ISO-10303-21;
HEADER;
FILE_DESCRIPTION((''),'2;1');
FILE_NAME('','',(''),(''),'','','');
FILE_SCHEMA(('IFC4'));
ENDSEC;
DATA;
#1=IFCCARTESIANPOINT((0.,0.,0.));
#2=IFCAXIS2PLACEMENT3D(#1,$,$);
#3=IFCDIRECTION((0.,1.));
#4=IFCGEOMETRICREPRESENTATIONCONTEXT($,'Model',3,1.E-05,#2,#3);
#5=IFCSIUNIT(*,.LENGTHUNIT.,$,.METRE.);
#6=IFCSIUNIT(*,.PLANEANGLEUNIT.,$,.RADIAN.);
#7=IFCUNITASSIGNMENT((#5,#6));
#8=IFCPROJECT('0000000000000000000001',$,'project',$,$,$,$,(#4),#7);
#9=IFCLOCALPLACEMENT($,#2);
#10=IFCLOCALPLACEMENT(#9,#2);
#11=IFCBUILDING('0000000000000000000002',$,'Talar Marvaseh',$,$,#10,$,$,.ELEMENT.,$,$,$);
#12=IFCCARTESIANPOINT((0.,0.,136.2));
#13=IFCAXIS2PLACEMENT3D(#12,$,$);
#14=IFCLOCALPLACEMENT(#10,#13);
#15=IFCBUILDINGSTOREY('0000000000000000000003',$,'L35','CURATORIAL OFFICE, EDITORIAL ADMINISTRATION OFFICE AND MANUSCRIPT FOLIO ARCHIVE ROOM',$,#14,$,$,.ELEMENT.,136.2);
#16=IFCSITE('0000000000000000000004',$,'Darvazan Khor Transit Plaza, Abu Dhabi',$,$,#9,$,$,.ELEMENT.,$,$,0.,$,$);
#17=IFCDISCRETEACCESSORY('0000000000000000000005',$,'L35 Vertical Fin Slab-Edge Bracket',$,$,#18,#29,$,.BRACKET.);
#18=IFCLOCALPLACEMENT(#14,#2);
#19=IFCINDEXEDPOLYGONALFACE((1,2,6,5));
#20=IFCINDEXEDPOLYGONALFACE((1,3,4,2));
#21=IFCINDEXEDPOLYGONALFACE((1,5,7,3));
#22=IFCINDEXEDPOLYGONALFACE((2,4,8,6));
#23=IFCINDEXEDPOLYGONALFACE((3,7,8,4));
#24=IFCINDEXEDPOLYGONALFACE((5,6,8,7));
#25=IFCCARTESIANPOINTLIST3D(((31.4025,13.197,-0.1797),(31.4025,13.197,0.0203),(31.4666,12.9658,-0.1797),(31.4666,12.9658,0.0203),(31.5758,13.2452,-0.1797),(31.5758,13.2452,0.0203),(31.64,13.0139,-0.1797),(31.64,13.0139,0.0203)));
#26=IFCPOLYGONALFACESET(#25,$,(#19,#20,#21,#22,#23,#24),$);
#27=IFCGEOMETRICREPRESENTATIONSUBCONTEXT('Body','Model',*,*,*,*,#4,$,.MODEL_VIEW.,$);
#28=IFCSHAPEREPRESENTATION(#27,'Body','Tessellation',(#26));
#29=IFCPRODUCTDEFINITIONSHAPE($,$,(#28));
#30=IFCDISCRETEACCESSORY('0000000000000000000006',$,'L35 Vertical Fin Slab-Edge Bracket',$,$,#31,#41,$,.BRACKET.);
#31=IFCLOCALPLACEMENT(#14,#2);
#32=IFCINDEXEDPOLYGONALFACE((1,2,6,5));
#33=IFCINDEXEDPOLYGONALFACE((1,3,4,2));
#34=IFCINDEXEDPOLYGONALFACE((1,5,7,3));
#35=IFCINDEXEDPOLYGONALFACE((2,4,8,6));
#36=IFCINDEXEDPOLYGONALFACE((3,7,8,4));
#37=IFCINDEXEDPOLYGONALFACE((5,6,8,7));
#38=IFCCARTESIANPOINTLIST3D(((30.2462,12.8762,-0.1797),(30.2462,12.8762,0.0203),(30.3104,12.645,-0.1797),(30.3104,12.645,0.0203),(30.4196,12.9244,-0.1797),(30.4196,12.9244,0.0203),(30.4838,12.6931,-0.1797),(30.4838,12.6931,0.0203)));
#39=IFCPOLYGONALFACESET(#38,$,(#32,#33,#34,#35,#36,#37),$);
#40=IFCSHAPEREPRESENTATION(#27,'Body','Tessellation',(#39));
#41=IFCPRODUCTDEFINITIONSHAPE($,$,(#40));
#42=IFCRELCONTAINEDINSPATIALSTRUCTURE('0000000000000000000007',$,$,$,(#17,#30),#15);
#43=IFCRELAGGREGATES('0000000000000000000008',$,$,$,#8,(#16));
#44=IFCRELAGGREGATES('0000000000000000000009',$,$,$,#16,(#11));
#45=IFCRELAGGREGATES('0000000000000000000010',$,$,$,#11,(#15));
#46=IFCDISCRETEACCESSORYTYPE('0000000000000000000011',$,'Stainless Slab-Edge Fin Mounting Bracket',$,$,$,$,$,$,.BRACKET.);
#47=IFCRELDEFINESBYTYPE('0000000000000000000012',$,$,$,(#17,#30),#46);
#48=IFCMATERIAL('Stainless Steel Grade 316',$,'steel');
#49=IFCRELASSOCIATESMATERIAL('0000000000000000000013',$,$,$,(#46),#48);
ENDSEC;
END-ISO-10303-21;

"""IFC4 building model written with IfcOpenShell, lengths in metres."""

from ifc_helpers import new_model, si_unit, direction, frame, origin, origin_2d, place, context, subcontext, project, spatial, rectangle, extrude, source, transform, mapped, material, type_object, type_shapes, element, save


model = new_model("IFC4")

# Units and contexts
model_context = context("Model", 3, precision=1e-05, world=origin(), true_north=direction((0.0, 1.0)))
body_context = subcontext(model_context, "Body", "Model", "MODEL_VIEW")
ifc_project = project(units=[si_unit("LENGTHUNIT", "METRE"), si_unit("PLANEANGLEUNIT", "RADIAN")], contexts=[model_context])

# Site, building, storey
site_placement = place(None, origin())
site = spatial("IfcSite", under=ifc_project, at=site_placement, Name="Darvazan Khor Transit Plaza, Abu Dhabi", CompositionType="ELEMENT", RefElevation=0.0)
building_placement = place(site_placement, origin())
building = spatial("IfcBuilding", under=site, at=building_placement, Name="Talar Marvaseh", CompositionType="ELEMENT")
storey_placement = place(building_placement, frame((0.0, 0.0, 136.2)))
storey = spatial("IfcBuildingStorey", under=building, at=storey_placement, Name="L35", Description="CURATORIAL OFFICE, EDITORIAL ADMINISTRATION OFFICE AND MANUSCRIPT FOLIO ARCHIVE ROOM", CompositionType="ELEMENT", Elevation=136.2)

# Shared definitions
ifc_material_1 = material(Name="Stainless Steel Grade 316", Category="steel")

# Discrete accessories
discrete_accessory_type = type_object("IfcDiscreteAccessoryType", Name="Stainless Slab-Edge Fin Mounting Bracket", PredefinedType="BRACKET", material=ifc_material_1)
shared_shape_1 = source(origin(), body_context, "Body", "SweptSolid", [
    extrude(rectangle(XDim=0.24, YDim=0.1799, at=origin_2d()), origin(), (0.0, 0.0, 1.0), 0.2),
])
type_shapes(discrete_accessory_type, [shared_shape_1])
for number, where, z_axis, x_axis, name in (
    (1, (31.5212, 13.1055, -0.1797), (0.0, 0.0, 1.0), (0.267407, -0.963584, 0.0), "L35 Vertical Fin Slab-Edge Bracket"),
    (2, (30.365, 12.7847, -0.1797), (0.0, 0.0, 1.0), (0.267407, -0.963584, 0.0), "L35 Vertical Fin Slab-Edge Bracket"),
):
    element("IfcDiscreteAccessory", number, at=place(storey_placement, frame(where, z_axis=z_axis, x_axis=x_axis)), inside=storey, type_object=discrete_accessory_type, Name=name, PredefinedType="BRACKET", context=body_context, shape_type="MappedRepresentation", body=[
        mapped(shared_shape_1, transform((0.0, 0.0, 0.0), x_axis=(1.0, 0.0, 0.0), y_axis=(0.0, 1.0, 0.0), z_axis=(0.0, 0.0, 1.0), scale=1.0)),
    ])

save(model, "model.ifc")
